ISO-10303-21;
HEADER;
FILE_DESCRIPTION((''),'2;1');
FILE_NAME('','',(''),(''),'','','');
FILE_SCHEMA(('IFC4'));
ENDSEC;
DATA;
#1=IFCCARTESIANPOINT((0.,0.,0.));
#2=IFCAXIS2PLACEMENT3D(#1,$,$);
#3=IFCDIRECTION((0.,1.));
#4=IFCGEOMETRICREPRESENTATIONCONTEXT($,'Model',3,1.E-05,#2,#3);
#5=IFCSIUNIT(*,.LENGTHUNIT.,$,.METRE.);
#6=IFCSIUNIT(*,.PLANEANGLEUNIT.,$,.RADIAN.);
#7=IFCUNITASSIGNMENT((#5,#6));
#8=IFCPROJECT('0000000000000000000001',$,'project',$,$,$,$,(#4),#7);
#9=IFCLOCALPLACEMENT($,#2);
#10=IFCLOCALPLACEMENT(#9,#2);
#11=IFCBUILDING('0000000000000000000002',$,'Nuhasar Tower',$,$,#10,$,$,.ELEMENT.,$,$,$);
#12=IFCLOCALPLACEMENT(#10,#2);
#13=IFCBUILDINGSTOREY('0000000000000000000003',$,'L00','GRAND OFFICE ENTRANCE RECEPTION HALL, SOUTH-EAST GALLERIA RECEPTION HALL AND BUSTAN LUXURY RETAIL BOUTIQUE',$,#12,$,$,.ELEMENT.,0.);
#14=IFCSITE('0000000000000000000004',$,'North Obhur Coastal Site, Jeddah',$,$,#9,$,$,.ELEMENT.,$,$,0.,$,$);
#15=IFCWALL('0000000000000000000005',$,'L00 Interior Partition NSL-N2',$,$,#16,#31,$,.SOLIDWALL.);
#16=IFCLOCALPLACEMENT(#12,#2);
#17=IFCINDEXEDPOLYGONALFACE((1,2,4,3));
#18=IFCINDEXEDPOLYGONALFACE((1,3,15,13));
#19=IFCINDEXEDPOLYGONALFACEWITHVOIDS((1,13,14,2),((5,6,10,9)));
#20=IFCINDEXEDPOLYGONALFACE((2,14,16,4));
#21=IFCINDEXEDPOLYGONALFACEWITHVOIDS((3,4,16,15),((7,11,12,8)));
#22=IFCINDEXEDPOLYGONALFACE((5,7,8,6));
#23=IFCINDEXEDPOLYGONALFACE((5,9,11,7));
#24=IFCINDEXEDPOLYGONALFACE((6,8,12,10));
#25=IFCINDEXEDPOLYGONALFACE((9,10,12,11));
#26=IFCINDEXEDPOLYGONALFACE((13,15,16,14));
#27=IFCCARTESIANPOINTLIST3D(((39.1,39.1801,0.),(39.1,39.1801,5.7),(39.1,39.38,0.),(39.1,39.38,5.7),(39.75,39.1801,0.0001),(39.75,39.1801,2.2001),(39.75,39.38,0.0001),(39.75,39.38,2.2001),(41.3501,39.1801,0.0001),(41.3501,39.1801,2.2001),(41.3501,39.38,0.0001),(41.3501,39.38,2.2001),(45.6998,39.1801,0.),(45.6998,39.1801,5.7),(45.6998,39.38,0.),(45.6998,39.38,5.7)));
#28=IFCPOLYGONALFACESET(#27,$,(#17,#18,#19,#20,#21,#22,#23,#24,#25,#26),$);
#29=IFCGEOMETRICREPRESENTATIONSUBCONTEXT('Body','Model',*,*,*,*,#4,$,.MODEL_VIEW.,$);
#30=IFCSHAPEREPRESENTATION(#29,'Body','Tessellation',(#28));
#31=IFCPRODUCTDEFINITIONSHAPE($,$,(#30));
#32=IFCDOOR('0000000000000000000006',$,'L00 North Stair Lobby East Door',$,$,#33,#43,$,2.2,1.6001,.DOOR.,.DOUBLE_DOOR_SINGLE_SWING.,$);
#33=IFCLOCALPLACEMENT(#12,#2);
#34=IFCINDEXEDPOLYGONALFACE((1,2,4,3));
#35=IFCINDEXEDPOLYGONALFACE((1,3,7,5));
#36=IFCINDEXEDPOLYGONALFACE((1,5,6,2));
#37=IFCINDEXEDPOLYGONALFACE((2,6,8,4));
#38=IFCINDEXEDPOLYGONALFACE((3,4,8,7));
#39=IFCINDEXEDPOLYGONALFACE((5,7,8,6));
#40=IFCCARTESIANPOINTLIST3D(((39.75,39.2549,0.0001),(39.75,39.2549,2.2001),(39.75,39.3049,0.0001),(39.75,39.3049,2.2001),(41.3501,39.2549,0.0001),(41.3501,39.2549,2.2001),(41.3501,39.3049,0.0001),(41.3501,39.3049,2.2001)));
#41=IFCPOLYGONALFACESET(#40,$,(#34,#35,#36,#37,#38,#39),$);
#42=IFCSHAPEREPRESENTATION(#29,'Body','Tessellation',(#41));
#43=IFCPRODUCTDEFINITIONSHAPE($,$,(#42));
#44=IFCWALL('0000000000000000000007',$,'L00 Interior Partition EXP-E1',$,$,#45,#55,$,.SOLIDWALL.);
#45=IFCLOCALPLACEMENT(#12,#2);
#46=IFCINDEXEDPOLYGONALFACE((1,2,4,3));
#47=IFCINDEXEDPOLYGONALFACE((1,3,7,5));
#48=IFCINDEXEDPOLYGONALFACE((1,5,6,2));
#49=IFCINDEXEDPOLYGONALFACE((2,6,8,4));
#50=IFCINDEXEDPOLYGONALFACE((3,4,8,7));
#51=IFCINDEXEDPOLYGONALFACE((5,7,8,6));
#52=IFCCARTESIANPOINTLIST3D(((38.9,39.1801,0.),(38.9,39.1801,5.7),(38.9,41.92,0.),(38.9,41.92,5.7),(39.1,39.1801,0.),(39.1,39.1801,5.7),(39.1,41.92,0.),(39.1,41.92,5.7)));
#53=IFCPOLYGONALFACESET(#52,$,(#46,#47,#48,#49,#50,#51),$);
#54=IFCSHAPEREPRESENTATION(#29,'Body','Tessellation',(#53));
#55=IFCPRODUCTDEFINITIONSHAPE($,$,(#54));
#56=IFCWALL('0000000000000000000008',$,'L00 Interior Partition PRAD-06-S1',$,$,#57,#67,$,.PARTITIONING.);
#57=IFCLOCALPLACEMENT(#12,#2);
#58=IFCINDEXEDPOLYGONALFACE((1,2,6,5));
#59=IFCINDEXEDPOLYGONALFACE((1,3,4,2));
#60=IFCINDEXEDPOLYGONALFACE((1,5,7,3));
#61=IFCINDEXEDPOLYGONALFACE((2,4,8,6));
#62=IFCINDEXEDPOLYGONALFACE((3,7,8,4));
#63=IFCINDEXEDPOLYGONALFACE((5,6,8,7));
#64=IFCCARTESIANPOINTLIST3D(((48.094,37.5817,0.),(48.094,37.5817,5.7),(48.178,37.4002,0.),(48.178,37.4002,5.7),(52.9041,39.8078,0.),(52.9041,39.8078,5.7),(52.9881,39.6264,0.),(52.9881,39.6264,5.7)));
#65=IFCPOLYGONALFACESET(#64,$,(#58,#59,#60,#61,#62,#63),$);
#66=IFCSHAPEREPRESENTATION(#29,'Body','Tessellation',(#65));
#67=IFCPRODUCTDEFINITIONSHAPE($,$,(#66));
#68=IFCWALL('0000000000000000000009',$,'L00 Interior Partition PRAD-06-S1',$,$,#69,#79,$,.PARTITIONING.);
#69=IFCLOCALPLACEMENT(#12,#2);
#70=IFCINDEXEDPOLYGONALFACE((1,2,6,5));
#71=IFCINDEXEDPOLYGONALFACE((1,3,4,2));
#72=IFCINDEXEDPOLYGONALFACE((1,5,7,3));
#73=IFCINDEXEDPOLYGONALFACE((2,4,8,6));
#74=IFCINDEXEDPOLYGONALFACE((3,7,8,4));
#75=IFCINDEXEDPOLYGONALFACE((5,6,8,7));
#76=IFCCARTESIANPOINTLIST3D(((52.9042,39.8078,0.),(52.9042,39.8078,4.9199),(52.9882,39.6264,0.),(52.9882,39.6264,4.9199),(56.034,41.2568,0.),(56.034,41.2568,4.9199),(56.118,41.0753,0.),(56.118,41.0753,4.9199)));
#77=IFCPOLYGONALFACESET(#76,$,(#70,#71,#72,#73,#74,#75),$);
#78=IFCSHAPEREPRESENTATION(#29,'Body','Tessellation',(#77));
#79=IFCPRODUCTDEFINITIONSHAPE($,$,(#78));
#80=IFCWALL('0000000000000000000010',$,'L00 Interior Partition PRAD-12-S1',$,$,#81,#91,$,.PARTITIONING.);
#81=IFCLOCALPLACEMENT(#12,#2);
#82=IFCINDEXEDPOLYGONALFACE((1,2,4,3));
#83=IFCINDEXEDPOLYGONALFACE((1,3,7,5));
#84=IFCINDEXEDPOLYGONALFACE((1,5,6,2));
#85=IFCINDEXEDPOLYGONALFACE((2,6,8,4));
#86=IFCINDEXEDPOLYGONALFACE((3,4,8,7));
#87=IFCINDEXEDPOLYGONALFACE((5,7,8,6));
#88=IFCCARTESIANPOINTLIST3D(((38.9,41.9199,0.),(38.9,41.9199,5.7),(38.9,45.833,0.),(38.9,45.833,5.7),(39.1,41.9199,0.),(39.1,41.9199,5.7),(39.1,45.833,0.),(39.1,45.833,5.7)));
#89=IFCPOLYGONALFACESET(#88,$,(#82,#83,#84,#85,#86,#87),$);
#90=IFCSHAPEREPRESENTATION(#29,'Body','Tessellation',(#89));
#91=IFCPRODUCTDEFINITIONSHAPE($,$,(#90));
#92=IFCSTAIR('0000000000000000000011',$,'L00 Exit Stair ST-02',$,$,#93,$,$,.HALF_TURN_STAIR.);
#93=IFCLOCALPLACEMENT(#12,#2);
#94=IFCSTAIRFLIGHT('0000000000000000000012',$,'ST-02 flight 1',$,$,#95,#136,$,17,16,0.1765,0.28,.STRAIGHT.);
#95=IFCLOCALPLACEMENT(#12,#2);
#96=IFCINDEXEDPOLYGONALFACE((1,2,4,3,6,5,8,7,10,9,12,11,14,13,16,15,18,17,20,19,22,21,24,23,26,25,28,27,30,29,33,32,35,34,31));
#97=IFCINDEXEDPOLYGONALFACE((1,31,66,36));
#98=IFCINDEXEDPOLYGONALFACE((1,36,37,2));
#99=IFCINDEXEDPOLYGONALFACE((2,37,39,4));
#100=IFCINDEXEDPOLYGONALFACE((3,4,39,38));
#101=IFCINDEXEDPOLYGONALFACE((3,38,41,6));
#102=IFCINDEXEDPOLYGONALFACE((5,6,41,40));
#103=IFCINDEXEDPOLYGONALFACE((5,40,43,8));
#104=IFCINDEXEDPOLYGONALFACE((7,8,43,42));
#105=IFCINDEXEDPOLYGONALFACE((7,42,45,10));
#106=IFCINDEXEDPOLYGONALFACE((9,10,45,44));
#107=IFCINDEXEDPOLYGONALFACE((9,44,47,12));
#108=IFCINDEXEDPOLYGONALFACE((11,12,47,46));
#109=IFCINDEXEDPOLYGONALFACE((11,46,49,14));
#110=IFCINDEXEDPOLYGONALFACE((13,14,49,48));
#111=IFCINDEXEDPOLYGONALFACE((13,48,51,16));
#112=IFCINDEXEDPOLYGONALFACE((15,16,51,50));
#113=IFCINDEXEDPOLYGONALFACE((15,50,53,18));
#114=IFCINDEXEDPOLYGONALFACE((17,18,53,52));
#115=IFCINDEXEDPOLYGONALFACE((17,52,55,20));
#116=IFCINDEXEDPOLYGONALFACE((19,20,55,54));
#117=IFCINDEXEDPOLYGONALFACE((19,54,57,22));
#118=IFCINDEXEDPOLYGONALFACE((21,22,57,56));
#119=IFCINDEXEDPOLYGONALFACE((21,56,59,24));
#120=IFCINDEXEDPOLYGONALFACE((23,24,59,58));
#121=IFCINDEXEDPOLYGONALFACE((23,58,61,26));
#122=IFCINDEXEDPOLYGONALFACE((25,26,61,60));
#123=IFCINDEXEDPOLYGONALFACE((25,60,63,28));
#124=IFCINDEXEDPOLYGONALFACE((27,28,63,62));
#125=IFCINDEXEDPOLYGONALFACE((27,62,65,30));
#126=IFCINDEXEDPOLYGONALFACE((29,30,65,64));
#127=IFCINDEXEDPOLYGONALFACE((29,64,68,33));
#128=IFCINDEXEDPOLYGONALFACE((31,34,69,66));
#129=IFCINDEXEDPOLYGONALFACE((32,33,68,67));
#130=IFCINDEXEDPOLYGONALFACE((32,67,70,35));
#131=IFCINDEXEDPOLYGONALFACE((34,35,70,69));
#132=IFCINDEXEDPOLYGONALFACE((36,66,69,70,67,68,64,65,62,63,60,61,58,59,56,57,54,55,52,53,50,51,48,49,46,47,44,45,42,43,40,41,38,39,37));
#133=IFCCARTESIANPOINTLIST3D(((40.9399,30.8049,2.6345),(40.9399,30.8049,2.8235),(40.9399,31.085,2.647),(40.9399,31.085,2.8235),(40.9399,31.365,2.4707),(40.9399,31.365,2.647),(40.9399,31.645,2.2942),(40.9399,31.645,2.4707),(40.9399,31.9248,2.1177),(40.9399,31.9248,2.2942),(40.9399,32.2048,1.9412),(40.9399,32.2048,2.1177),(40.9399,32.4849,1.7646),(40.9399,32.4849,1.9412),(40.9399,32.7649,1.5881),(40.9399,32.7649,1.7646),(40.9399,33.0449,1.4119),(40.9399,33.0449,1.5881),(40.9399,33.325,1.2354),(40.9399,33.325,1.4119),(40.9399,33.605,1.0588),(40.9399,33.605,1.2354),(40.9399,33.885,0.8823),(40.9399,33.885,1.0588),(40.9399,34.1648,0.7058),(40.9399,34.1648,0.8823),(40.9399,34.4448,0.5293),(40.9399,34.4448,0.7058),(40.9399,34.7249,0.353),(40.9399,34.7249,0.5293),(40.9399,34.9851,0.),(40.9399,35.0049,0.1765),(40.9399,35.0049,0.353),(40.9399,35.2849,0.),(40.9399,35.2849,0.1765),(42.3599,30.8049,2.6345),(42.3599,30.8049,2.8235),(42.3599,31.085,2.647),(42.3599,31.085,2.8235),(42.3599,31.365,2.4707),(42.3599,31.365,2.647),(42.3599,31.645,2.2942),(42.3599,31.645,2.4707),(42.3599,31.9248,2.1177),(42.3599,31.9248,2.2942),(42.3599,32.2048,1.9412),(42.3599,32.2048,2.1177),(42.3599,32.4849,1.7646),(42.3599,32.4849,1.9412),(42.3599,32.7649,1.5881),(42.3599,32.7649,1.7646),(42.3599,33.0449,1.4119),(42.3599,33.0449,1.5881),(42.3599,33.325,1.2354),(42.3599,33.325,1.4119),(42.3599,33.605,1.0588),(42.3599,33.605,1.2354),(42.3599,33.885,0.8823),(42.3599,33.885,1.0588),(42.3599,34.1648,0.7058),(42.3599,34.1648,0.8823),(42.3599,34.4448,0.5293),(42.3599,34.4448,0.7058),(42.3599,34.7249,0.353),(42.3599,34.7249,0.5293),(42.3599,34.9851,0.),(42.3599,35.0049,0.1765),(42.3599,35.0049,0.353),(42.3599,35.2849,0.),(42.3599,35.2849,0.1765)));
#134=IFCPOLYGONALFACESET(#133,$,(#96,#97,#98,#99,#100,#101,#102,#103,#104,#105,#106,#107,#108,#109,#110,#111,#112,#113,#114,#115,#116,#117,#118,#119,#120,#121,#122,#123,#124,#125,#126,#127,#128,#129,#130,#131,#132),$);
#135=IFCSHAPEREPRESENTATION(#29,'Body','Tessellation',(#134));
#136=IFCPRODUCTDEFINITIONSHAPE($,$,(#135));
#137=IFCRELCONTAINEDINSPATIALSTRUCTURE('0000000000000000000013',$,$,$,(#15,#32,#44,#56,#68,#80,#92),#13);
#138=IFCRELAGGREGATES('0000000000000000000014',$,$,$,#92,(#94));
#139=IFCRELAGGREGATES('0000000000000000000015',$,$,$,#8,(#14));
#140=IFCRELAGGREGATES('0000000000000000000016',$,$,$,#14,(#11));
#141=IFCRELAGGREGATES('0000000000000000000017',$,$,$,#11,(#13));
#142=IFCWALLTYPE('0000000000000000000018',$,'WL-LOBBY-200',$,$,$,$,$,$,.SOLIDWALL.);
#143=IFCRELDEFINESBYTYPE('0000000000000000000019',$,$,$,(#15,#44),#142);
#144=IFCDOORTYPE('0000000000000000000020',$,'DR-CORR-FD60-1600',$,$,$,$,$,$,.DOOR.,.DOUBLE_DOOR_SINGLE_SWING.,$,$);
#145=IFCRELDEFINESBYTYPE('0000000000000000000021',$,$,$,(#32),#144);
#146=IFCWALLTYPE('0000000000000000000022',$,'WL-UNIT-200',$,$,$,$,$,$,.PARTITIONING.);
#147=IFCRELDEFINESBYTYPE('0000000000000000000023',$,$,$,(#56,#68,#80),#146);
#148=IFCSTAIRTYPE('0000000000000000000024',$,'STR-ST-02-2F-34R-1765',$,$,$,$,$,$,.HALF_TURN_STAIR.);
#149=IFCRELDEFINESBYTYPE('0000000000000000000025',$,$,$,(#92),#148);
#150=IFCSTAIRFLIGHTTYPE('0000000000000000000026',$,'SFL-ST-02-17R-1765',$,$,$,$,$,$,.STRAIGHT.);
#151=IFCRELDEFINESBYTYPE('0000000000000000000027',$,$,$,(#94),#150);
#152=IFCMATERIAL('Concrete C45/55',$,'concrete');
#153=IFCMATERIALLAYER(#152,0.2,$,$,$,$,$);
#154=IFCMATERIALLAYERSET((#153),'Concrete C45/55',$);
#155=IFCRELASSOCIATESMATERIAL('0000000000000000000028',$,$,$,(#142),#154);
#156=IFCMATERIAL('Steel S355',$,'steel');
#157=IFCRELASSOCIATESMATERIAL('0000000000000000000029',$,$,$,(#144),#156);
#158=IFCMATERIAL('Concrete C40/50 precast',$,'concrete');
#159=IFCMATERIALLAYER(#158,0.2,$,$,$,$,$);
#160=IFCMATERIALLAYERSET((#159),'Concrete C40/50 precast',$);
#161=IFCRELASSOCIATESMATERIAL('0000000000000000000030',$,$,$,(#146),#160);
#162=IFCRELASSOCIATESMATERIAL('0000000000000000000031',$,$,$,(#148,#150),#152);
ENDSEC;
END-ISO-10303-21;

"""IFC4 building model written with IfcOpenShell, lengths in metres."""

from ifc_helpers import new_model, si_unit, direction, frame, frame_2d, origin, place, context, subcontext, project, spatial, polyline, rectangle, outline, extrude, material, layer, layer_set, type_object, element, fill, aggregate, save


model = new_model("IFC4")

# Units and contexts
model_context = context("Model", 3, precision=1e-05, world=origin(), true_north=direction((0.0, 1.0)))
body_context = subcontext(model_context, "Body", "Model", "MODEL_VIEW")
ifc_project = project(units=[si_unit("LENGTHUNIT", "METRE"), si_unit("PLANEANGLEUNIT", "RADIAN")], contexts=[model_context])

# Site, building, storey
site_placement = place(None, origin())
site = spatial("IfcSite", under=ifc_project, at=site_placement, Name="North Obhur Coastal Site, Jeddah", CompositionType="ELEMENT", RefElevation=0.0)
building_placement = place(site_placement, origin())
building = spatial("IfcBuilding", under=site, at=building_placement, Name="Nuhasar Tower", CompositionType="ELEMENT")
storey_placement = place(building_placement, origin())
storey = spatial("IfcBuildingStorey", under=building, at=storey_placement, Name="L00", Description="GRAND OFFICE ENTRANCE RECEPTION HALL, SOUTH-EAST GALLERIA RECEPTION HALL AND BUSTAN LUXURY RETAIL BOUTIQUE", CompositionType="ELEMENT", Elevation=0.0)

# Shared definitions
ifc_material_1 = material(Name="Steel S355", Category="steel")

# Shared definitions
ifc_material_2 = material(Name="Concrete C45/55", Category="concrete")
ifc_layer_1 = layer(ifc_material_2, 0.2)
ifc_layer_set_1 = layer_set([ifc_layer_1], Name="Concrete C45/55")
wall_type_1 = type_object("IfcWallType", Name="WL-LOBBY-200", PredefinedType="SOLIDWALL", material=ifc_layer_set_1)

# Wall, opening, door
wall_1_placement = place(storey_placement, frame((39.1001, 39.28, 0.0), z_axis=(0.0, 0.0, 1.0), x_axis=(1.0, 0.0, 0.0)))
wall_1 = element("IfcWall", 1, at=wall_1_placement, inside=storey, type_object=wall_type_1, Name="L00 Interior Partition NSL-N2", PredefinedType="SOLIDWALL", context=body_context, shape_type="SweptSolid", body=[
    extrude(rectangle(XDim=6.5999, YDim=0.2, at=frame_2d((3.2998, 0.0))), origin(), (0.0, 0.0, 1.0), 5.7),
])
opening_1_placement = place(wall_1_placement, frame((0.6499, 0.0, 0.0)))
opening_1 = element("IfcOpeningElement", 2, at=opening_1_placement, cuts=wall_1, PredefinedType="OPENING", context=body_context, shape_type="SweptSolid", body=[
    extrude(rectangle(XDim=1.6001, YDim=2.2, at=frame_2d((0.8, 1.1001))), frame((0.0, 0.1099, 0.0), z_axis=(0.0, -1.0, 0.0), x_axis=(1.0, 0.0, 0.0)), (0.0, 0.0, 1.0), 0.22),
])
door_type_1 = type_object("IfcDoorType", Name="DR-CORR-FD60-1600", OperationType="DOUBLE_DOOR_SINGLE_SWING", PredefinedType="DOOR", material=ifc_material_1)
door_1_placement = place(opening_1_placement, origin())
door_1 = element("IfcDoor", 3, at=door_1_placement, inside=storey, type_object=door_type_1, Name="L00 North Stair Lobby East Door", OperationType="DOUBLE_DOOR_SINGLE_SWING", OverallHeight=2.2, OverallWidth=1.6001, PredefinedType="DOOR", context=body_context, shape_type="SweptSolid", body=[
    extrude(rectangle(XDim=1.6001, YDim=2.2, at=frame_2d((0.8, 1.1001))), frame((0.0, 0.0249, 0.0), z_axis=(0.0, -1.0, 0.0), x_axis=(1.0, 0.0, 0.0)), (0.0, 0.0, 1.0), 0.05),
])
fill(opening_1, door_1)

# Walls
wall_2_placement = place(storey_placement, frame((39.0, 39.1799, 0.0), z_axis=(0.0, 0.0, 1.0), x_axis=(0.0, 1.0, 0.0)))
element("IfcWall", 4, at=wall_2_placement, inside=storey, type_object=wall_type_1, Name="L00 Interior Partition EXP-E1", PredefinedType="SOLIDWALL", context=body_context, shape_type="SweptSolid", body=[
    extrude(rectangle(XDim=2.74, YDim=0.2, at=frame_2d((1.3701, 0.0))), origin(), (0.0, 0.0, 1.0), 5.7),
])
ifc_material_3 = material(Name="Concrete C40/50 precast", Category="concrete")
ifc_layer_2 = layer(ifc_material_3, 0.2)
ifc_layer_set_2 = layer_set([ifc_layer_2], Name="Concrete C40/50 precast")
wall_type_2 = type_object("IfcWallType", Name="WL-UNIT-200", PredefinedType="PARTITIONING", material=ifc_layer_set_2)
wall_3_placement = place(storey_placement, frame((48.136, 37.491, 0.0), z_axis=(0.0, 0.0, 1.0), x_axis=(0.907525, 0.419999, 0.0)))
element("IfcWall", 5, at=wall_3_placement, inside=storey, type_object=wall_type_2, Name="L00 Interior Partition PRAD-06-S1", PredefinedType="PARTITIONING", context=body_context, shape_type="SweptSolid", body=[
    extrude(rectangle(XDim=5.3003, YDim=0.2, at=frame_2d((2.6501, 0.0))), origin(), (0.0, 0.0, 1.0), 5.7),
])
wall_4_placement = place(storey_placement, frame((52.946, 39.717, 0.0), z_axis=(0.0, 0.0, 1.0), x_axis=(0.907472, 0.420113, 0.0)))
element("IfcWall", 6, at=wall_4_placement, inside=storey, type_object=wall_type_2, Name="L00 Interior Partition PRAD-06-S1", PredefinedType="PARTITIONING", context=body_context, shape_type="SweptSolid", body=[
    extrude(rectangle(XDim=3.449, YDim=0.2, at=frame_2d((1.7246, 0.0))), origin(), (0.0, 0.0, 1.0), 4.9199),
])
wall_5_placement = place(storey_placement, frame((39.0, 41.9199, 0.0), z_axis=(0.0, 0.0, 1.0), x_axis=(0.0, 1.0, 0.0)))
element("IfcWall", 7, at=wall_5_placement, inside=storey, type_object=wall_type_2, Name="L00 Interior Partition PRAD-12-S1", PredefinedType="PARTITIONING", context=body_context, shape_type="SweptSolid", body=[
    extrude(rectangle(XDim=3.9131, YDim=0.2, at=frame_2d((1.9565, 0.0))), origin(), (0.0, 0.0, 1.0), 5.7),
])

# Stair, stair flight
stair_type = type_object("IfcStairType", Name="STR-ST-02-2F-34R-1765", PredefinedType="HALF_TURN_STAIR", material=ifc_material_2)
stair_placement = place(storey_placement, origin())
stair = element("IfcStair", 8, at=stair_placement, inside=storey, type_object=stair_type, Name="L00 Exit Stair ST-02", PredefinedType="HALF_TURN_STAIR")
stair_flight_type = type_object("IfcStairFlightType", Name="SFL-ST-02-17R-1765", PredefinedType="STRAIGHT", material=ifc_material_2)
stair_flight_placement = place(storey_placement, frame((41.6499, 35.2849, 0.0), z_axis=(0.0, 0.0, 1.0), x_axis=(0.0, -1.0, 0.0)))
stair_flight = element("IfcStairFlight", 9, at=stair_flight_placement, type_object=stair_flight_type, Name="ST-02 flight 1", NumberOfRisers=17, NumberOfTreads=16, PredefinedType="STRAIGHT", RiserHeight=0.1765, TreadLength=0.28, context=body_context, shape_type="SweptSolid", body=[
    extrude(outline(polyline([(0.0, 0.0), (0.0, 0.1765), (0.28, 0.1765), (0.28, 0.353), (0.5601, 0.353), (0.5601, 0.5293), (0.8401, 0.5293), (0.8401, 0.7058), (1.1201, 0.7058), (1.1201, 0.8823), (1.3999, 0.8823), (1.3999, 1.0588), (1.6799, 1.0588), (1.6799, 1.2354), (1.96, 1.2354), (1.96, 1.4119), (2.24, 1.4119), (2.24, 1.5881), (2.52, 1.5881), (2.52, 1.7646), (2.8, 1.7646), (2.8, 1.9412), (3.0801, 1.9412), (3.0801, 2.1177), (3.3601, 2.1177), (3.3601, 2.2942), (3.6399, 2.2942), (3.6399, 2.4707), (3.9199, 2.4707), (3.9199, 2.647), (4.2, 2.647), (4.2, 2.8235), (4.48, 2.8235), (4.48, 3.0), (4.48, 2.6345), (0.2998, 0.0), (0.0, 0.0)])), frame((0.0, 0.71, 0.0), z_axis=(0.0, -1.0, 0.0), x_axis=(1.0, 0.0, 0.0)), (0.0, 0.0, 1.0), 1.4199),
])
aggregate(stair, [stair_flight])

save(model, "model.ifc")
